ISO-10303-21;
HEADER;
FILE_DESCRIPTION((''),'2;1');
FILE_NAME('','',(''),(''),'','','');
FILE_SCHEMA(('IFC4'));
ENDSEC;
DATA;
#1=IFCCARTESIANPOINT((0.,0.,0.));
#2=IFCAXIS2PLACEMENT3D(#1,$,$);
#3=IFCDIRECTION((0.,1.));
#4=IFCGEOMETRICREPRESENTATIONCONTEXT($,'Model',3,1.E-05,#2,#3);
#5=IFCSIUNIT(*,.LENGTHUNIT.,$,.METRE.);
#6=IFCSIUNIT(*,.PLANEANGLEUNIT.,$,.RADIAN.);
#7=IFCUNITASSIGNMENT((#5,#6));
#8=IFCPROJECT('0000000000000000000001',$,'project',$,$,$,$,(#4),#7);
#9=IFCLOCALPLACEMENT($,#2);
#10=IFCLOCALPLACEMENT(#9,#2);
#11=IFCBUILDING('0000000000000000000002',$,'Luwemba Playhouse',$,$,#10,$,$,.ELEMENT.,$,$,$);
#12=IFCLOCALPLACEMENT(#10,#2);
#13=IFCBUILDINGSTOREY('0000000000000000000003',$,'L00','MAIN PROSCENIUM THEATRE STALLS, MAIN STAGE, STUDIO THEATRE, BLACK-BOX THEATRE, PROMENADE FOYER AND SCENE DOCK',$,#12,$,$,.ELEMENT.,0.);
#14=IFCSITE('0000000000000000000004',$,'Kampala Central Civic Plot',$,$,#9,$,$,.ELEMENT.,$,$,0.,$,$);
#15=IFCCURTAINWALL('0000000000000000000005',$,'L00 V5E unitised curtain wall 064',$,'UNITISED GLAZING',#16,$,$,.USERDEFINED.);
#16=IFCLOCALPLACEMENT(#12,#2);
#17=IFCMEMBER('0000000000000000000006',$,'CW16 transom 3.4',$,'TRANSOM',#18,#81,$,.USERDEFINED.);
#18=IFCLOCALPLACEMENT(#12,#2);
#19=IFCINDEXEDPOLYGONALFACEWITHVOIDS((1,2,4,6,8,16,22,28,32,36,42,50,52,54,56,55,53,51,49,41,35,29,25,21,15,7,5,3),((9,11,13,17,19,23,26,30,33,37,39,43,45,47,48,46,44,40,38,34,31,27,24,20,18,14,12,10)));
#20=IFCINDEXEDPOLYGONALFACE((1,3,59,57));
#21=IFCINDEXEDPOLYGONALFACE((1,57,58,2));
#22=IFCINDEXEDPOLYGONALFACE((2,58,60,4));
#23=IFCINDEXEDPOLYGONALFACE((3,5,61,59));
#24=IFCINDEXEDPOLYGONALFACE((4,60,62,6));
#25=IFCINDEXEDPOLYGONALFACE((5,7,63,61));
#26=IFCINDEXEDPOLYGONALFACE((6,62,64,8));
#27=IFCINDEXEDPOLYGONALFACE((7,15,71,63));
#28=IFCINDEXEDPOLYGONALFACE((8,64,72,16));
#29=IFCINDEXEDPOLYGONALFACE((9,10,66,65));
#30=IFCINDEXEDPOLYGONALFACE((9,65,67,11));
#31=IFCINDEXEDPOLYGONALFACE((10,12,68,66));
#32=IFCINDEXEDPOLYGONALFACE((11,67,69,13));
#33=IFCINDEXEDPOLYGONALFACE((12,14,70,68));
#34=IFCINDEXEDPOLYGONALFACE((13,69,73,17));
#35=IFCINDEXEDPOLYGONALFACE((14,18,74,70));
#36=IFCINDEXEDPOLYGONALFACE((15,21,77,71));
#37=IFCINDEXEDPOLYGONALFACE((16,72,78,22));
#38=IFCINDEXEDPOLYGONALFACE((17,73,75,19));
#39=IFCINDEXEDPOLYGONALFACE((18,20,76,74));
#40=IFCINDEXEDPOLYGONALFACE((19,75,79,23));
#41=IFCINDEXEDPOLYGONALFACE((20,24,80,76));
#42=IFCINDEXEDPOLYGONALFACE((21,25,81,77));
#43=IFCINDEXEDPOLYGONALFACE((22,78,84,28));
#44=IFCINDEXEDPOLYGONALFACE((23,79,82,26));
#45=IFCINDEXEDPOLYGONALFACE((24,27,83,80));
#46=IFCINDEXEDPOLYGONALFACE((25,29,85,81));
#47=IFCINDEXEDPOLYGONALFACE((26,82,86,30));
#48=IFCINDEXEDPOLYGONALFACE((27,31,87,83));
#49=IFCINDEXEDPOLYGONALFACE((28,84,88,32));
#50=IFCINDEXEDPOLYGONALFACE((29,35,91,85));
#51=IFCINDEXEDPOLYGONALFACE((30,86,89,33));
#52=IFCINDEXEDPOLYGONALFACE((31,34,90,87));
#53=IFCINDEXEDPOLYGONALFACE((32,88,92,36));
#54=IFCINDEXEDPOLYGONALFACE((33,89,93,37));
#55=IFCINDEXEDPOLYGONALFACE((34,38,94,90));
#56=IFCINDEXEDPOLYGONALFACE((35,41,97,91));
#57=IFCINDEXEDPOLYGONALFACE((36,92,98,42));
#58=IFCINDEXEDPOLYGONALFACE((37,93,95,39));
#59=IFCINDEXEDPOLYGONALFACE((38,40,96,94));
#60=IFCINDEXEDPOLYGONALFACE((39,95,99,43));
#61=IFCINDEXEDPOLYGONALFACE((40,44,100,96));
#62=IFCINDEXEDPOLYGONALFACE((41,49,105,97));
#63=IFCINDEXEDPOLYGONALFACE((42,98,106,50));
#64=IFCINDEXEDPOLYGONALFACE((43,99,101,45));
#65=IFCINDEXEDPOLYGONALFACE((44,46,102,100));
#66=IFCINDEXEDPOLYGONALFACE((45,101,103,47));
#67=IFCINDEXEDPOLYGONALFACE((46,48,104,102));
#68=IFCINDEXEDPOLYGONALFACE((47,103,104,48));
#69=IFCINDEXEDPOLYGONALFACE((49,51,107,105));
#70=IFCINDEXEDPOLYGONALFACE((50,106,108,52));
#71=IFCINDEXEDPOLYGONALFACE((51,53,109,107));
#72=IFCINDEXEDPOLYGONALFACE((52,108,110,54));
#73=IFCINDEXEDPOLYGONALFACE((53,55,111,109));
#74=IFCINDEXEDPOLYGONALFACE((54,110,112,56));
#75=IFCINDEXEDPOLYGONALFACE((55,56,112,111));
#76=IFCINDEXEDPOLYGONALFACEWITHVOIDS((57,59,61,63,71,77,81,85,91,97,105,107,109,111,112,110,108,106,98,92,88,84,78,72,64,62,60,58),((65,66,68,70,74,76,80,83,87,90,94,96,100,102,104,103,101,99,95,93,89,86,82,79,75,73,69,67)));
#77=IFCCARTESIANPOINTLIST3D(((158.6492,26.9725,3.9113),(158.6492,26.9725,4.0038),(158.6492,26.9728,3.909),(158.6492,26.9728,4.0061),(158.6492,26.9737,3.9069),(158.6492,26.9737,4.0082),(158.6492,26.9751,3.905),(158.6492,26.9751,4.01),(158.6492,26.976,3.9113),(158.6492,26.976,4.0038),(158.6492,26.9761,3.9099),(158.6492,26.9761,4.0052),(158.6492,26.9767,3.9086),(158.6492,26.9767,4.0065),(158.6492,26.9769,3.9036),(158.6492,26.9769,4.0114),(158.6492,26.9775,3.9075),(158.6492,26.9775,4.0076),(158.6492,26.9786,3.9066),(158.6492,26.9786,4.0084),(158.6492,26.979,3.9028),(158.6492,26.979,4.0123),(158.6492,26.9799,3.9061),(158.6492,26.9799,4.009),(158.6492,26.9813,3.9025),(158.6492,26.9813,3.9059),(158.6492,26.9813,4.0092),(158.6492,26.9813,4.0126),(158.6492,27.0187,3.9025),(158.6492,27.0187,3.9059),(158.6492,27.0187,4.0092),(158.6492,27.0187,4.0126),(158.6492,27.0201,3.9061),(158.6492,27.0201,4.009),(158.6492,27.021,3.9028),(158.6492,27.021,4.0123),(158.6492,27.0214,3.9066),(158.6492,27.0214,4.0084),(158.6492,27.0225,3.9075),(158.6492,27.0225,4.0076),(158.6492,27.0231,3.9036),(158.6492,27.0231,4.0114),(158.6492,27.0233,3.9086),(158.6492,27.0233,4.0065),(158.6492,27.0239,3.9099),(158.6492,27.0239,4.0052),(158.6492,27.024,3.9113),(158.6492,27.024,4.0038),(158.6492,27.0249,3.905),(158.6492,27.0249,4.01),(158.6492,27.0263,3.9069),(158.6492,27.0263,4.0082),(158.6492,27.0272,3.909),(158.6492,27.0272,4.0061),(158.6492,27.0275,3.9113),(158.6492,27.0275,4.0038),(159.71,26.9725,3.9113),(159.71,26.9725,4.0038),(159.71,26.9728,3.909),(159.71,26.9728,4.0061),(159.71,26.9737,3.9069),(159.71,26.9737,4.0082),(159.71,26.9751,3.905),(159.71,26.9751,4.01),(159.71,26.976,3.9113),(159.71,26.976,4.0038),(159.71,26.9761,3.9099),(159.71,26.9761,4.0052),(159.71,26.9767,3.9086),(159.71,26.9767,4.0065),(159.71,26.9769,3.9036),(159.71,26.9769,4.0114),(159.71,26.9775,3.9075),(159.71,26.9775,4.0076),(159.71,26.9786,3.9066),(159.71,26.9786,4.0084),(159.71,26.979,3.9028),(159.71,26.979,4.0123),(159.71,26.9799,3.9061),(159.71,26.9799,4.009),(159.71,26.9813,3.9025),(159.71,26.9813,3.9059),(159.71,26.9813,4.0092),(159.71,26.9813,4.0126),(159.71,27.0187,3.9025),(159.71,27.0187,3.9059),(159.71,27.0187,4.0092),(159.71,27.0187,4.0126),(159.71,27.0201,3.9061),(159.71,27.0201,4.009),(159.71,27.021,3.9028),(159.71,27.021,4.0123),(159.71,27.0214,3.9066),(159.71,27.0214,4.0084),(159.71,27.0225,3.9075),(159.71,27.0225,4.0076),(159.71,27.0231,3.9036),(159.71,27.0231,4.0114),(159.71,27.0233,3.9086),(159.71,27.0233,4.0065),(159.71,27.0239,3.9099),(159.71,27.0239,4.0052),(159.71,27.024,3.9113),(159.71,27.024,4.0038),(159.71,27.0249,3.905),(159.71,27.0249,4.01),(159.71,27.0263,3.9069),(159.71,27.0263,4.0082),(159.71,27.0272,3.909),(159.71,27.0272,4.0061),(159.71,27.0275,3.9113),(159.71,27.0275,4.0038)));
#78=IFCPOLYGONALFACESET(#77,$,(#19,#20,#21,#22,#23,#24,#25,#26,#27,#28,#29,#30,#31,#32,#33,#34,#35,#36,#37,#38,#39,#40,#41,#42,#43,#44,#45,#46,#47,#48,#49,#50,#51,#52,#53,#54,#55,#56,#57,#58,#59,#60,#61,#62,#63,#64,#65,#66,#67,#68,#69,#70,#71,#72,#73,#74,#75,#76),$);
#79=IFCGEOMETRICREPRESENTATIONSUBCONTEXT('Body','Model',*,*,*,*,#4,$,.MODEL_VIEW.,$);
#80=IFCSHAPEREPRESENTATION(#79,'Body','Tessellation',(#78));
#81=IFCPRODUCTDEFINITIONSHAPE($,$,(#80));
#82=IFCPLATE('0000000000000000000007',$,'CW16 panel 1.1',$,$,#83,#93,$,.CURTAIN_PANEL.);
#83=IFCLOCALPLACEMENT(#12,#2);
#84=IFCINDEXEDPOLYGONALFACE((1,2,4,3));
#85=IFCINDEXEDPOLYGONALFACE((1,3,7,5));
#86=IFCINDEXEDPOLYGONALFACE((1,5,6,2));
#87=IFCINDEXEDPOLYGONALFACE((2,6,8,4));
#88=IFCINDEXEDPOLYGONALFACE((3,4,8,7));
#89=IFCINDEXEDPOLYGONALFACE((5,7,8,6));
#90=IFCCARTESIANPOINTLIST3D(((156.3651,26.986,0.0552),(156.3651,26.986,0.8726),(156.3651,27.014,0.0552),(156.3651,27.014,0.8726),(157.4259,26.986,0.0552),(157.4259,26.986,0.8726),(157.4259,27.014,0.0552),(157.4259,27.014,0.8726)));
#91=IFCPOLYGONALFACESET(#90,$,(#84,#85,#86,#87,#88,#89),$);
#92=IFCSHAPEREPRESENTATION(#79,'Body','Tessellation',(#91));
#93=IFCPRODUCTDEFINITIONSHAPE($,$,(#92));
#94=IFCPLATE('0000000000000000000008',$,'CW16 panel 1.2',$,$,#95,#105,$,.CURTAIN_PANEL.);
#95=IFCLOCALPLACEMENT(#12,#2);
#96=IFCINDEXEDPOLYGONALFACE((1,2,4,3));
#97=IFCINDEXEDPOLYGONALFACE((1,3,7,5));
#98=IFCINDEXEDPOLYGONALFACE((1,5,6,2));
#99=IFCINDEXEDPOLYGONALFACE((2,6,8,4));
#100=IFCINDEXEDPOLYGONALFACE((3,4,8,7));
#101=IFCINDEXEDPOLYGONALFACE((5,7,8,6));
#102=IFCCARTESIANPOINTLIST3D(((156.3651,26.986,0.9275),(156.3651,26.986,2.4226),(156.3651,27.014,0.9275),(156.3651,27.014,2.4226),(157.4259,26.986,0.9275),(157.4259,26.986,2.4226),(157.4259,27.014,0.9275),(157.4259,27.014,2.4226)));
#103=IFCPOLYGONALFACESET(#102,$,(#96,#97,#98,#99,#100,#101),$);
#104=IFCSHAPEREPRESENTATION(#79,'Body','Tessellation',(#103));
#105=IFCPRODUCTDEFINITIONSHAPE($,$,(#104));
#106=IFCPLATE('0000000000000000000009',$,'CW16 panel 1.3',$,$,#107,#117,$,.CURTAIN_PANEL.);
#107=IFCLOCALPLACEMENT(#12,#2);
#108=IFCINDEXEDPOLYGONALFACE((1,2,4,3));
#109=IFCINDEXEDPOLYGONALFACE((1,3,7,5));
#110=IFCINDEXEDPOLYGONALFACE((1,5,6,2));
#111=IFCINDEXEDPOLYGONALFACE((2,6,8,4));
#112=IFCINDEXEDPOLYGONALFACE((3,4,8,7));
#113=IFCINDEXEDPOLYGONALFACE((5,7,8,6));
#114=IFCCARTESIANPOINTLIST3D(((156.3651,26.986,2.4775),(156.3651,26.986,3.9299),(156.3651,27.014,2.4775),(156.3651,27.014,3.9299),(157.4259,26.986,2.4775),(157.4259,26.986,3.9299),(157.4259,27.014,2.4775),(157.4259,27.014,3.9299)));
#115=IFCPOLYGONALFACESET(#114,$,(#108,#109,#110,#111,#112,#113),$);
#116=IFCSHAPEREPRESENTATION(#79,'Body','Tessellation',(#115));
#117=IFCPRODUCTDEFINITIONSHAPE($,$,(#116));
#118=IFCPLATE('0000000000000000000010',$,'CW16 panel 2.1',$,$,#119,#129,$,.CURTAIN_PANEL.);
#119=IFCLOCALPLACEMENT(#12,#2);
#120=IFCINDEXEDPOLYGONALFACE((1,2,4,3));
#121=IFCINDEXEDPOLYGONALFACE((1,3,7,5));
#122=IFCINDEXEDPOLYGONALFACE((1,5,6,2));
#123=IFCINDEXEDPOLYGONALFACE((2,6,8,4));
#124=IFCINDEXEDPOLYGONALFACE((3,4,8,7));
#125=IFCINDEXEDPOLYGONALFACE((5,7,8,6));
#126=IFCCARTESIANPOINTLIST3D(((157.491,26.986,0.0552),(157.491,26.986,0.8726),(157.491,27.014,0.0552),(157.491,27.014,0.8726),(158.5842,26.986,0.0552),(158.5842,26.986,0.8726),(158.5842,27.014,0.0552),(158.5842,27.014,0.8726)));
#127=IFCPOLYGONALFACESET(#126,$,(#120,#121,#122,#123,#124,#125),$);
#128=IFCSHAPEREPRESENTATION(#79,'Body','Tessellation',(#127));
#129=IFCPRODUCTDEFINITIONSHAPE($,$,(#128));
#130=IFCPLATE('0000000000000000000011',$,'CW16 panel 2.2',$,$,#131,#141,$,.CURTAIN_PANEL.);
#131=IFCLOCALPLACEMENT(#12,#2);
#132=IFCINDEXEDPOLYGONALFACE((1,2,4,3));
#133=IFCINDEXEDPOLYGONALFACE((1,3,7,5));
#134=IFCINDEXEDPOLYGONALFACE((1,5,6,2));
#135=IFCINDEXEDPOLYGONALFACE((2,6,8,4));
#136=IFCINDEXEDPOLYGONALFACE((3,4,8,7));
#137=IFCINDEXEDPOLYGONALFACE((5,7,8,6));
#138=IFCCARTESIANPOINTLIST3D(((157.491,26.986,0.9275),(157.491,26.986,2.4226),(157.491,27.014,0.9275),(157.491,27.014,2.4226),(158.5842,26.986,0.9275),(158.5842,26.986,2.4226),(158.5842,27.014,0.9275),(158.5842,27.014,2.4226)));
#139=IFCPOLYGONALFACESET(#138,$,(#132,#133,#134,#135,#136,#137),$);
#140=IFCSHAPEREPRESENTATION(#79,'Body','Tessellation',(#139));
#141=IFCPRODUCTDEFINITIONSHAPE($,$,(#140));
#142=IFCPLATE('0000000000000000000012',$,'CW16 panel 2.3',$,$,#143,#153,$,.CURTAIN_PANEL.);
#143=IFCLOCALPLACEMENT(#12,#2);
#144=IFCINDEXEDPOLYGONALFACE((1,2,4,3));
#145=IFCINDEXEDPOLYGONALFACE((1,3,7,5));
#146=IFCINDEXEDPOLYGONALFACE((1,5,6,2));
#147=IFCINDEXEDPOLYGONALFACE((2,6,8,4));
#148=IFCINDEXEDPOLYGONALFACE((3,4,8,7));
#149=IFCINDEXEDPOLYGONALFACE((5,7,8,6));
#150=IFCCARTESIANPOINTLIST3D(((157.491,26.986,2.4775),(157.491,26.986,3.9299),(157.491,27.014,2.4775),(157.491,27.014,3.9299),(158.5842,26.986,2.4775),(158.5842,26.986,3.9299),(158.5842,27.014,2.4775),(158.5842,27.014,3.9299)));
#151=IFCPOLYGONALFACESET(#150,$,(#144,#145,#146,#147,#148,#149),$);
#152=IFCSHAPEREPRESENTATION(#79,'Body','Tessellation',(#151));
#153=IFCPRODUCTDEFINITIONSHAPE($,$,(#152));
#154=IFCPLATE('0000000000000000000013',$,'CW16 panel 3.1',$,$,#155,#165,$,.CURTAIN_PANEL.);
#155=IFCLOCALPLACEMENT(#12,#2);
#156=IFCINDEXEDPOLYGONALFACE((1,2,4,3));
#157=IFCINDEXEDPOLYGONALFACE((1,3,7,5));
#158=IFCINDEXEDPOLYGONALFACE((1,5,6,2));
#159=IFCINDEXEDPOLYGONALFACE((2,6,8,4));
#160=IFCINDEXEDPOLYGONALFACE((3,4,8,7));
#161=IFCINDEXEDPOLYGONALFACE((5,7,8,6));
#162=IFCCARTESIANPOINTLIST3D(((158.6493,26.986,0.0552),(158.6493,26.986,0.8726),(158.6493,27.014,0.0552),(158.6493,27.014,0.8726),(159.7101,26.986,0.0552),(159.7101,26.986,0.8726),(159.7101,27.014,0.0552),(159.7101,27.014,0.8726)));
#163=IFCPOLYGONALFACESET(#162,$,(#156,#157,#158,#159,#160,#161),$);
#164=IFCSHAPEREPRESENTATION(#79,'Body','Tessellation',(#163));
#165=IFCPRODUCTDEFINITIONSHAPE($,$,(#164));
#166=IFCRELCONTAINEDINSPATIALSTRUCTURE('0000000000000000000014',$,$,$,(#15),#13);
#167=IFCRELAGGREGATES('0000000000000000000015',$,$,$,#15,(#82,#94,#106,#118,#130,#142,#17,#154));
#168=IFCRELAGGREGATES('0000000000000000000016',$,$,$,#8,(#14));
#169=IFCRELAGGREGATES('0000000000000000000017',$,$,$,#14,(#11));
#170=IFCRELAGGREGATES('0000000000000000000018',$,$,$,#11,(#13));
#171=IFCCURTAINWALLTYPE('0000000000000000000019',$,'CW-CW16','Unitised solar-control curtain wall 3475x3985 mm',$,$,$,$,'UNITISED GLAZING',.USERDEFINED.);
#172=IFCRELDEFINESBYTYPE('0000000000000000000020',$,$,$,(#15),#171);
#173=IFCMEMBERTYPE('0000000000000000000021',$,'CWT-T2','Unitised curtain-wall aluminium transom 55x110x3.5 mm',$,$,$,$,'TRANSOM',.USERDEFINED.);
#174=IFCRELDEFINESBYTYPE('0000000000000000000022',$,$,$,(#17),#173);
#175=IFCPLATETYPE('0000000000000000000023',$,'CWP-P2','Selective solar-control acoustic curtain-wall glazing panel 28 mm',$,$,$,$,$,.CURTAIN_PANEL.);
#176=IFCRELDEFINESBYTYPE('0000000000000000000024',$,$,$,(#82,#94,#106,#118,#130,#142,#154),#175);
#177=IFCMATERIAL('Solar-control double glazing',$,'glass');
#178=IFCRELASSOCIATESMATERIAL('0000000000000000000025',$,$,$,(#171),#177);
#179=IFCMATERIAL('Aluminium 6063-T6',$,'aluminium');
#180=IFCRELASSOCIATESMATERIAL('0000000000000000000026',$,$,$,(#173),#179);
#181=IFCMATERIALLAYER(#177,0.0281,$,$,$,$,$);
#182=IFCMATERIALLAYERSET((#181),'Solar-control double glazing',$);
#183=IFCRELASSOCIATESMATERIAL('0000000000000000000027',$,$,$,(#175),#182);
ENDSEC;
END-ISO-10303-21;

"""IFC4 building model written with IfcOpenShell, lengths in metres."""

from ifc_helpers import new_model, si_unit, direction, frame, origin, origin_2d, place, context, subcontext, project, spatial, rectangle, hollow_rectangle, extrude, material, layer, layer_set, material_profile, profile_set, type_object, element, aggregate, save


model = new_model("IFC4")

# Units and contexts
model_context = context("Model", 3, precision=1e-05, world=origin(), true_north=direction((0.0, 1.0)))
body_context = subcontext(model_context, "Body", "Model", "MODEL_VIEW")
ifc_project = project(units=[si_unit("LENGTHUNIT", "METRE"), si_unit("PLANEANGLEUNIT", "RADIAN")], contexts=[model_context])

# Site, building, storey
site_placement = place(None, origin())
site = spatial("IfcSite", under=ifc_project, at=site_placement, Name="Kampala Central Civic Plot", CompositionType="ELEMENT", RefElevation=0.0)
building_placement = place(site_placement, origin())
building = spatial("IfcBuilding", under=site, at=building_placement, Name="Luwemba Playhouse", CompositionType="ELEMENT")
storey_placement = place(building_placement, origin())
storey = spatial("IfcBuildingStorey", under=building, at=storey_placement, Name="L00", Description="MAIN PROSCENIUM THEATRE STALLS, MAIN STAGE, STUDIO THEATRE, BLACK-BOX THEATRE, PROMENADE FOYER AND SCENE DOCK", CompositionType="ELEMENT", Elevation=0.0)

# Curtain wall, member, plates
ifc_material_1 = material(Name="Solar-control double glazing", Category="glass")
curtain_wall_type = type_object("IfcCurtainWallType", Name="CW-CW16", Description="Unitised solar-control curtain wall 3475x3985 mm", ElementType="UNITISED GLAZING", PredefinedType="USERDEFINED", material=ifc_material_1)
curtain_wall_placement = place(storey_placement, origin())
curtain_wall = element("IfcCurtainWall", 1, at=curtain_wall_placement, inside=storey, type_object=curtain_wall_type, Name="L00 V5E unitised curtain wall 064", ObjectType="UNITISED GLAZING", PredefinedType="USERDEFINED")
ifc_material_2 = material(Name="Aluminium 6063-T6", Category="aluminium")
ifc_material_profile_1 = material_profile(ifc_material_2, hollow_rectangle(XDim=0.0549, YDim=0.1101, WallThickness=0.0034, InnerFilletRadius=0.0054, OuterFilletRadius=0.0088, at=origin_2d()))
ifc_profile_set_1 = profile_set([ifc_material_profile_1], Name="Aluminium 6063-T6")
member_type_1 = type_object("IfcMemberType", Name="CWT-T2", Description="Unitised curtain-wall aluminium transom 55x110x3.5 mm", ElementType="TRANSOM", PredefinedType="USERDEFINED", material=ifc_profile_set_1)
member_1_placement = place(storey_placement, frame((158.6492, 27.0, 3.9575), z_axis=(1.0, 0.0, 0.0), x_axis=(0.0, 1.0, 0.0)))
member_1 = element("IfcMember", 2, at=member_1_placement, type_object=member_type_1, Name="CW16 transom 3.4", ObjectType="TRANSOM", PredefinedType="USERDEFINED", context=body_context, shape_type="SweptSolid", body=[
    extrude(hollow_rectangle(XDim=0.0549, YDim=0.1101, WallThickness=0.0034, InnerFilletRadius=0.0054, OuterFilletRadius=0.0088, at=origin_2d()), origin(), (0.0, 0.0, 1.0), 1.0608),
])
ifc_layer_1 = layer(ifc_material_1, 0.0281)
ifc_layer_set_1 = layer_set([ifc_layer_1], Name="Solar-control double glazing")
plate_type = type_object("IfcPlateType", Name="CWP-P2", Description="Selective solar-control acoustic curtain-wall glazing panel 28 mm", PredefinedType="CURTAIN_PANEL", material=ifc_layer_set_1)
plate_1_placement = place(storey_placement, frame((156.8955, 27.0, 0.0552), z_axis=(0.0, 0.0, 1.0), x_axis=(1.0, 0.0, 0.0)))
plate_1 = element("IfcPlate", 3, at=plate_1_placement, type_object=plate_type, Name="CW16 panel 1.1", PredefinedType="CURTAIN_PANEL", context=body_context, shape_type="SweptSolid", body=[
    extrude(rectangle(XDim=1.0608, YDim=0.0281, at=origin_2d()), origin(), (0.0, 0.0, 1.0), 0.8174),
])
plate_2_placement = place(storey_placement, frame((156.8955, 27.0, 0.9275), z_axis=(0.0, 0.0, 1.0), x_axis=(1.0, 0.0, 0.0)))
plate_2 = element("IfcPlate", 4, at=plate_2_placement, type_object=plate_type, Name="CW16 panel 1.2", PredefinedType="CURTAIN_PANEL", context=body_context, shape_type="SweptSolid", body=[
    extrude(rectangle(XDim=1.0608, YDim=0.0281, at=origin_2d()), origin(), (0.0, 0.0, 1.0), 1.4951),
])
plate_3_placement = place(storey_placement, frame((156.8955, 27.0, 2.4775), z_axis=(0.0, 0.0, 1.0), x_axis=(1.0, 0.0, 0.0)))
plate_3 = element("IfcPlate", 5, at=plate_3_placement, type_object=plate_type, Name="CW16 panel 1.3", PredefinedType="CURTAIN_PANEL", context=body_context, shape_type="SweptSolid", body=[
    extrude(rectangle(XDim=1.0608, YDim=0.0281, at=origin_2d()), origin(), (0.0, 0.0, 1.0), 1.4524),
])
plate_4_placement = place(storey_placement, frame((158.0376, 27.0, 0.0552), z_axis=(0.0, 0.0, 1.0), x_axis=(1.0, 0.0, 0.0)))
plate_4 = element("IfcPlate", 6, at=plate_4_placement, type_object=plate_type, Name="CW16 panel 2.1", PredefinedType="CURTAIN_PANEL", context=body_context, shape_type="SweptSolid", body=[
    extrude(rectangle(XDim=1.0933, YDim=0.0281, at=origin_2d()), origin(), (0.0, 0.0, 1.0), 0.8174),
])
plate_5_placement = place(storey_placement, frame((158.0376, 27.0, 0.9275), z_axis=(0.0, 0.0, 1.0), x_axis=(1.0, 0.0, 0.0)))
plate_5 = element("IfcPlate", 7, at=plate_5_placement, type_object=plate_type, Name="CW16 panel 2.2", PredefinedType="CURTAIN_PANEL", context=body_context, shape_type="SweptSolid", body=[
    extrude(rectangle(XDim=1.0933, YDim=0.0281, at=origin_2d()), origin(), (0.0, 0.0, 1.0), 1.4951),
])
plate_6_placement = place(storey_placement, frame((158.0376, 27.0, 2.4775), z_axis=(0.0, 0.0, 1.0), x_axis=(1.0, 0.0, 0.0)))
plate_6 = element("IfcPlate", 8, at=plate_6_placement, type_object=plate_type, Name="CW16 panel 2.3", PredefinedType="CURTAIN_PANEL", context=body_context, shape_type="SweptSolid", body=[
    extrude(rectangle(XDim=1.0933, YDim=0.0281, at=origin_2d()), origin(), (0.0, 0.0, 1.0), 1.4524),
])
plate_7_placement = place(storey_placement, frame((159.1797, 27.0, 0.0552), z_axis=(0.0, 0.0, 1.0), x_axis=(1.0, 0.0, 0.0)))
plate_7 = element("IfcPlate", 9, at=plate_7_placement, type_object=plate_type, Name="CW16 panel 3.1", PredefinedType="CURTAIN_PANEL", context=body_context, shape_type="SweptSolid", body=[
    extrude(rectangle(XDim=1.0608, YDim=0.0281, at=origin_2d()), origin(), (0.0, 0.0, 1.0), 0.8174),
])
aggregate(curtain_wall, [plate_1, plate_2, plate_3, plate_4, plate_5, plate_6, member_1, plate_7])

save(model, "model.ifc")
